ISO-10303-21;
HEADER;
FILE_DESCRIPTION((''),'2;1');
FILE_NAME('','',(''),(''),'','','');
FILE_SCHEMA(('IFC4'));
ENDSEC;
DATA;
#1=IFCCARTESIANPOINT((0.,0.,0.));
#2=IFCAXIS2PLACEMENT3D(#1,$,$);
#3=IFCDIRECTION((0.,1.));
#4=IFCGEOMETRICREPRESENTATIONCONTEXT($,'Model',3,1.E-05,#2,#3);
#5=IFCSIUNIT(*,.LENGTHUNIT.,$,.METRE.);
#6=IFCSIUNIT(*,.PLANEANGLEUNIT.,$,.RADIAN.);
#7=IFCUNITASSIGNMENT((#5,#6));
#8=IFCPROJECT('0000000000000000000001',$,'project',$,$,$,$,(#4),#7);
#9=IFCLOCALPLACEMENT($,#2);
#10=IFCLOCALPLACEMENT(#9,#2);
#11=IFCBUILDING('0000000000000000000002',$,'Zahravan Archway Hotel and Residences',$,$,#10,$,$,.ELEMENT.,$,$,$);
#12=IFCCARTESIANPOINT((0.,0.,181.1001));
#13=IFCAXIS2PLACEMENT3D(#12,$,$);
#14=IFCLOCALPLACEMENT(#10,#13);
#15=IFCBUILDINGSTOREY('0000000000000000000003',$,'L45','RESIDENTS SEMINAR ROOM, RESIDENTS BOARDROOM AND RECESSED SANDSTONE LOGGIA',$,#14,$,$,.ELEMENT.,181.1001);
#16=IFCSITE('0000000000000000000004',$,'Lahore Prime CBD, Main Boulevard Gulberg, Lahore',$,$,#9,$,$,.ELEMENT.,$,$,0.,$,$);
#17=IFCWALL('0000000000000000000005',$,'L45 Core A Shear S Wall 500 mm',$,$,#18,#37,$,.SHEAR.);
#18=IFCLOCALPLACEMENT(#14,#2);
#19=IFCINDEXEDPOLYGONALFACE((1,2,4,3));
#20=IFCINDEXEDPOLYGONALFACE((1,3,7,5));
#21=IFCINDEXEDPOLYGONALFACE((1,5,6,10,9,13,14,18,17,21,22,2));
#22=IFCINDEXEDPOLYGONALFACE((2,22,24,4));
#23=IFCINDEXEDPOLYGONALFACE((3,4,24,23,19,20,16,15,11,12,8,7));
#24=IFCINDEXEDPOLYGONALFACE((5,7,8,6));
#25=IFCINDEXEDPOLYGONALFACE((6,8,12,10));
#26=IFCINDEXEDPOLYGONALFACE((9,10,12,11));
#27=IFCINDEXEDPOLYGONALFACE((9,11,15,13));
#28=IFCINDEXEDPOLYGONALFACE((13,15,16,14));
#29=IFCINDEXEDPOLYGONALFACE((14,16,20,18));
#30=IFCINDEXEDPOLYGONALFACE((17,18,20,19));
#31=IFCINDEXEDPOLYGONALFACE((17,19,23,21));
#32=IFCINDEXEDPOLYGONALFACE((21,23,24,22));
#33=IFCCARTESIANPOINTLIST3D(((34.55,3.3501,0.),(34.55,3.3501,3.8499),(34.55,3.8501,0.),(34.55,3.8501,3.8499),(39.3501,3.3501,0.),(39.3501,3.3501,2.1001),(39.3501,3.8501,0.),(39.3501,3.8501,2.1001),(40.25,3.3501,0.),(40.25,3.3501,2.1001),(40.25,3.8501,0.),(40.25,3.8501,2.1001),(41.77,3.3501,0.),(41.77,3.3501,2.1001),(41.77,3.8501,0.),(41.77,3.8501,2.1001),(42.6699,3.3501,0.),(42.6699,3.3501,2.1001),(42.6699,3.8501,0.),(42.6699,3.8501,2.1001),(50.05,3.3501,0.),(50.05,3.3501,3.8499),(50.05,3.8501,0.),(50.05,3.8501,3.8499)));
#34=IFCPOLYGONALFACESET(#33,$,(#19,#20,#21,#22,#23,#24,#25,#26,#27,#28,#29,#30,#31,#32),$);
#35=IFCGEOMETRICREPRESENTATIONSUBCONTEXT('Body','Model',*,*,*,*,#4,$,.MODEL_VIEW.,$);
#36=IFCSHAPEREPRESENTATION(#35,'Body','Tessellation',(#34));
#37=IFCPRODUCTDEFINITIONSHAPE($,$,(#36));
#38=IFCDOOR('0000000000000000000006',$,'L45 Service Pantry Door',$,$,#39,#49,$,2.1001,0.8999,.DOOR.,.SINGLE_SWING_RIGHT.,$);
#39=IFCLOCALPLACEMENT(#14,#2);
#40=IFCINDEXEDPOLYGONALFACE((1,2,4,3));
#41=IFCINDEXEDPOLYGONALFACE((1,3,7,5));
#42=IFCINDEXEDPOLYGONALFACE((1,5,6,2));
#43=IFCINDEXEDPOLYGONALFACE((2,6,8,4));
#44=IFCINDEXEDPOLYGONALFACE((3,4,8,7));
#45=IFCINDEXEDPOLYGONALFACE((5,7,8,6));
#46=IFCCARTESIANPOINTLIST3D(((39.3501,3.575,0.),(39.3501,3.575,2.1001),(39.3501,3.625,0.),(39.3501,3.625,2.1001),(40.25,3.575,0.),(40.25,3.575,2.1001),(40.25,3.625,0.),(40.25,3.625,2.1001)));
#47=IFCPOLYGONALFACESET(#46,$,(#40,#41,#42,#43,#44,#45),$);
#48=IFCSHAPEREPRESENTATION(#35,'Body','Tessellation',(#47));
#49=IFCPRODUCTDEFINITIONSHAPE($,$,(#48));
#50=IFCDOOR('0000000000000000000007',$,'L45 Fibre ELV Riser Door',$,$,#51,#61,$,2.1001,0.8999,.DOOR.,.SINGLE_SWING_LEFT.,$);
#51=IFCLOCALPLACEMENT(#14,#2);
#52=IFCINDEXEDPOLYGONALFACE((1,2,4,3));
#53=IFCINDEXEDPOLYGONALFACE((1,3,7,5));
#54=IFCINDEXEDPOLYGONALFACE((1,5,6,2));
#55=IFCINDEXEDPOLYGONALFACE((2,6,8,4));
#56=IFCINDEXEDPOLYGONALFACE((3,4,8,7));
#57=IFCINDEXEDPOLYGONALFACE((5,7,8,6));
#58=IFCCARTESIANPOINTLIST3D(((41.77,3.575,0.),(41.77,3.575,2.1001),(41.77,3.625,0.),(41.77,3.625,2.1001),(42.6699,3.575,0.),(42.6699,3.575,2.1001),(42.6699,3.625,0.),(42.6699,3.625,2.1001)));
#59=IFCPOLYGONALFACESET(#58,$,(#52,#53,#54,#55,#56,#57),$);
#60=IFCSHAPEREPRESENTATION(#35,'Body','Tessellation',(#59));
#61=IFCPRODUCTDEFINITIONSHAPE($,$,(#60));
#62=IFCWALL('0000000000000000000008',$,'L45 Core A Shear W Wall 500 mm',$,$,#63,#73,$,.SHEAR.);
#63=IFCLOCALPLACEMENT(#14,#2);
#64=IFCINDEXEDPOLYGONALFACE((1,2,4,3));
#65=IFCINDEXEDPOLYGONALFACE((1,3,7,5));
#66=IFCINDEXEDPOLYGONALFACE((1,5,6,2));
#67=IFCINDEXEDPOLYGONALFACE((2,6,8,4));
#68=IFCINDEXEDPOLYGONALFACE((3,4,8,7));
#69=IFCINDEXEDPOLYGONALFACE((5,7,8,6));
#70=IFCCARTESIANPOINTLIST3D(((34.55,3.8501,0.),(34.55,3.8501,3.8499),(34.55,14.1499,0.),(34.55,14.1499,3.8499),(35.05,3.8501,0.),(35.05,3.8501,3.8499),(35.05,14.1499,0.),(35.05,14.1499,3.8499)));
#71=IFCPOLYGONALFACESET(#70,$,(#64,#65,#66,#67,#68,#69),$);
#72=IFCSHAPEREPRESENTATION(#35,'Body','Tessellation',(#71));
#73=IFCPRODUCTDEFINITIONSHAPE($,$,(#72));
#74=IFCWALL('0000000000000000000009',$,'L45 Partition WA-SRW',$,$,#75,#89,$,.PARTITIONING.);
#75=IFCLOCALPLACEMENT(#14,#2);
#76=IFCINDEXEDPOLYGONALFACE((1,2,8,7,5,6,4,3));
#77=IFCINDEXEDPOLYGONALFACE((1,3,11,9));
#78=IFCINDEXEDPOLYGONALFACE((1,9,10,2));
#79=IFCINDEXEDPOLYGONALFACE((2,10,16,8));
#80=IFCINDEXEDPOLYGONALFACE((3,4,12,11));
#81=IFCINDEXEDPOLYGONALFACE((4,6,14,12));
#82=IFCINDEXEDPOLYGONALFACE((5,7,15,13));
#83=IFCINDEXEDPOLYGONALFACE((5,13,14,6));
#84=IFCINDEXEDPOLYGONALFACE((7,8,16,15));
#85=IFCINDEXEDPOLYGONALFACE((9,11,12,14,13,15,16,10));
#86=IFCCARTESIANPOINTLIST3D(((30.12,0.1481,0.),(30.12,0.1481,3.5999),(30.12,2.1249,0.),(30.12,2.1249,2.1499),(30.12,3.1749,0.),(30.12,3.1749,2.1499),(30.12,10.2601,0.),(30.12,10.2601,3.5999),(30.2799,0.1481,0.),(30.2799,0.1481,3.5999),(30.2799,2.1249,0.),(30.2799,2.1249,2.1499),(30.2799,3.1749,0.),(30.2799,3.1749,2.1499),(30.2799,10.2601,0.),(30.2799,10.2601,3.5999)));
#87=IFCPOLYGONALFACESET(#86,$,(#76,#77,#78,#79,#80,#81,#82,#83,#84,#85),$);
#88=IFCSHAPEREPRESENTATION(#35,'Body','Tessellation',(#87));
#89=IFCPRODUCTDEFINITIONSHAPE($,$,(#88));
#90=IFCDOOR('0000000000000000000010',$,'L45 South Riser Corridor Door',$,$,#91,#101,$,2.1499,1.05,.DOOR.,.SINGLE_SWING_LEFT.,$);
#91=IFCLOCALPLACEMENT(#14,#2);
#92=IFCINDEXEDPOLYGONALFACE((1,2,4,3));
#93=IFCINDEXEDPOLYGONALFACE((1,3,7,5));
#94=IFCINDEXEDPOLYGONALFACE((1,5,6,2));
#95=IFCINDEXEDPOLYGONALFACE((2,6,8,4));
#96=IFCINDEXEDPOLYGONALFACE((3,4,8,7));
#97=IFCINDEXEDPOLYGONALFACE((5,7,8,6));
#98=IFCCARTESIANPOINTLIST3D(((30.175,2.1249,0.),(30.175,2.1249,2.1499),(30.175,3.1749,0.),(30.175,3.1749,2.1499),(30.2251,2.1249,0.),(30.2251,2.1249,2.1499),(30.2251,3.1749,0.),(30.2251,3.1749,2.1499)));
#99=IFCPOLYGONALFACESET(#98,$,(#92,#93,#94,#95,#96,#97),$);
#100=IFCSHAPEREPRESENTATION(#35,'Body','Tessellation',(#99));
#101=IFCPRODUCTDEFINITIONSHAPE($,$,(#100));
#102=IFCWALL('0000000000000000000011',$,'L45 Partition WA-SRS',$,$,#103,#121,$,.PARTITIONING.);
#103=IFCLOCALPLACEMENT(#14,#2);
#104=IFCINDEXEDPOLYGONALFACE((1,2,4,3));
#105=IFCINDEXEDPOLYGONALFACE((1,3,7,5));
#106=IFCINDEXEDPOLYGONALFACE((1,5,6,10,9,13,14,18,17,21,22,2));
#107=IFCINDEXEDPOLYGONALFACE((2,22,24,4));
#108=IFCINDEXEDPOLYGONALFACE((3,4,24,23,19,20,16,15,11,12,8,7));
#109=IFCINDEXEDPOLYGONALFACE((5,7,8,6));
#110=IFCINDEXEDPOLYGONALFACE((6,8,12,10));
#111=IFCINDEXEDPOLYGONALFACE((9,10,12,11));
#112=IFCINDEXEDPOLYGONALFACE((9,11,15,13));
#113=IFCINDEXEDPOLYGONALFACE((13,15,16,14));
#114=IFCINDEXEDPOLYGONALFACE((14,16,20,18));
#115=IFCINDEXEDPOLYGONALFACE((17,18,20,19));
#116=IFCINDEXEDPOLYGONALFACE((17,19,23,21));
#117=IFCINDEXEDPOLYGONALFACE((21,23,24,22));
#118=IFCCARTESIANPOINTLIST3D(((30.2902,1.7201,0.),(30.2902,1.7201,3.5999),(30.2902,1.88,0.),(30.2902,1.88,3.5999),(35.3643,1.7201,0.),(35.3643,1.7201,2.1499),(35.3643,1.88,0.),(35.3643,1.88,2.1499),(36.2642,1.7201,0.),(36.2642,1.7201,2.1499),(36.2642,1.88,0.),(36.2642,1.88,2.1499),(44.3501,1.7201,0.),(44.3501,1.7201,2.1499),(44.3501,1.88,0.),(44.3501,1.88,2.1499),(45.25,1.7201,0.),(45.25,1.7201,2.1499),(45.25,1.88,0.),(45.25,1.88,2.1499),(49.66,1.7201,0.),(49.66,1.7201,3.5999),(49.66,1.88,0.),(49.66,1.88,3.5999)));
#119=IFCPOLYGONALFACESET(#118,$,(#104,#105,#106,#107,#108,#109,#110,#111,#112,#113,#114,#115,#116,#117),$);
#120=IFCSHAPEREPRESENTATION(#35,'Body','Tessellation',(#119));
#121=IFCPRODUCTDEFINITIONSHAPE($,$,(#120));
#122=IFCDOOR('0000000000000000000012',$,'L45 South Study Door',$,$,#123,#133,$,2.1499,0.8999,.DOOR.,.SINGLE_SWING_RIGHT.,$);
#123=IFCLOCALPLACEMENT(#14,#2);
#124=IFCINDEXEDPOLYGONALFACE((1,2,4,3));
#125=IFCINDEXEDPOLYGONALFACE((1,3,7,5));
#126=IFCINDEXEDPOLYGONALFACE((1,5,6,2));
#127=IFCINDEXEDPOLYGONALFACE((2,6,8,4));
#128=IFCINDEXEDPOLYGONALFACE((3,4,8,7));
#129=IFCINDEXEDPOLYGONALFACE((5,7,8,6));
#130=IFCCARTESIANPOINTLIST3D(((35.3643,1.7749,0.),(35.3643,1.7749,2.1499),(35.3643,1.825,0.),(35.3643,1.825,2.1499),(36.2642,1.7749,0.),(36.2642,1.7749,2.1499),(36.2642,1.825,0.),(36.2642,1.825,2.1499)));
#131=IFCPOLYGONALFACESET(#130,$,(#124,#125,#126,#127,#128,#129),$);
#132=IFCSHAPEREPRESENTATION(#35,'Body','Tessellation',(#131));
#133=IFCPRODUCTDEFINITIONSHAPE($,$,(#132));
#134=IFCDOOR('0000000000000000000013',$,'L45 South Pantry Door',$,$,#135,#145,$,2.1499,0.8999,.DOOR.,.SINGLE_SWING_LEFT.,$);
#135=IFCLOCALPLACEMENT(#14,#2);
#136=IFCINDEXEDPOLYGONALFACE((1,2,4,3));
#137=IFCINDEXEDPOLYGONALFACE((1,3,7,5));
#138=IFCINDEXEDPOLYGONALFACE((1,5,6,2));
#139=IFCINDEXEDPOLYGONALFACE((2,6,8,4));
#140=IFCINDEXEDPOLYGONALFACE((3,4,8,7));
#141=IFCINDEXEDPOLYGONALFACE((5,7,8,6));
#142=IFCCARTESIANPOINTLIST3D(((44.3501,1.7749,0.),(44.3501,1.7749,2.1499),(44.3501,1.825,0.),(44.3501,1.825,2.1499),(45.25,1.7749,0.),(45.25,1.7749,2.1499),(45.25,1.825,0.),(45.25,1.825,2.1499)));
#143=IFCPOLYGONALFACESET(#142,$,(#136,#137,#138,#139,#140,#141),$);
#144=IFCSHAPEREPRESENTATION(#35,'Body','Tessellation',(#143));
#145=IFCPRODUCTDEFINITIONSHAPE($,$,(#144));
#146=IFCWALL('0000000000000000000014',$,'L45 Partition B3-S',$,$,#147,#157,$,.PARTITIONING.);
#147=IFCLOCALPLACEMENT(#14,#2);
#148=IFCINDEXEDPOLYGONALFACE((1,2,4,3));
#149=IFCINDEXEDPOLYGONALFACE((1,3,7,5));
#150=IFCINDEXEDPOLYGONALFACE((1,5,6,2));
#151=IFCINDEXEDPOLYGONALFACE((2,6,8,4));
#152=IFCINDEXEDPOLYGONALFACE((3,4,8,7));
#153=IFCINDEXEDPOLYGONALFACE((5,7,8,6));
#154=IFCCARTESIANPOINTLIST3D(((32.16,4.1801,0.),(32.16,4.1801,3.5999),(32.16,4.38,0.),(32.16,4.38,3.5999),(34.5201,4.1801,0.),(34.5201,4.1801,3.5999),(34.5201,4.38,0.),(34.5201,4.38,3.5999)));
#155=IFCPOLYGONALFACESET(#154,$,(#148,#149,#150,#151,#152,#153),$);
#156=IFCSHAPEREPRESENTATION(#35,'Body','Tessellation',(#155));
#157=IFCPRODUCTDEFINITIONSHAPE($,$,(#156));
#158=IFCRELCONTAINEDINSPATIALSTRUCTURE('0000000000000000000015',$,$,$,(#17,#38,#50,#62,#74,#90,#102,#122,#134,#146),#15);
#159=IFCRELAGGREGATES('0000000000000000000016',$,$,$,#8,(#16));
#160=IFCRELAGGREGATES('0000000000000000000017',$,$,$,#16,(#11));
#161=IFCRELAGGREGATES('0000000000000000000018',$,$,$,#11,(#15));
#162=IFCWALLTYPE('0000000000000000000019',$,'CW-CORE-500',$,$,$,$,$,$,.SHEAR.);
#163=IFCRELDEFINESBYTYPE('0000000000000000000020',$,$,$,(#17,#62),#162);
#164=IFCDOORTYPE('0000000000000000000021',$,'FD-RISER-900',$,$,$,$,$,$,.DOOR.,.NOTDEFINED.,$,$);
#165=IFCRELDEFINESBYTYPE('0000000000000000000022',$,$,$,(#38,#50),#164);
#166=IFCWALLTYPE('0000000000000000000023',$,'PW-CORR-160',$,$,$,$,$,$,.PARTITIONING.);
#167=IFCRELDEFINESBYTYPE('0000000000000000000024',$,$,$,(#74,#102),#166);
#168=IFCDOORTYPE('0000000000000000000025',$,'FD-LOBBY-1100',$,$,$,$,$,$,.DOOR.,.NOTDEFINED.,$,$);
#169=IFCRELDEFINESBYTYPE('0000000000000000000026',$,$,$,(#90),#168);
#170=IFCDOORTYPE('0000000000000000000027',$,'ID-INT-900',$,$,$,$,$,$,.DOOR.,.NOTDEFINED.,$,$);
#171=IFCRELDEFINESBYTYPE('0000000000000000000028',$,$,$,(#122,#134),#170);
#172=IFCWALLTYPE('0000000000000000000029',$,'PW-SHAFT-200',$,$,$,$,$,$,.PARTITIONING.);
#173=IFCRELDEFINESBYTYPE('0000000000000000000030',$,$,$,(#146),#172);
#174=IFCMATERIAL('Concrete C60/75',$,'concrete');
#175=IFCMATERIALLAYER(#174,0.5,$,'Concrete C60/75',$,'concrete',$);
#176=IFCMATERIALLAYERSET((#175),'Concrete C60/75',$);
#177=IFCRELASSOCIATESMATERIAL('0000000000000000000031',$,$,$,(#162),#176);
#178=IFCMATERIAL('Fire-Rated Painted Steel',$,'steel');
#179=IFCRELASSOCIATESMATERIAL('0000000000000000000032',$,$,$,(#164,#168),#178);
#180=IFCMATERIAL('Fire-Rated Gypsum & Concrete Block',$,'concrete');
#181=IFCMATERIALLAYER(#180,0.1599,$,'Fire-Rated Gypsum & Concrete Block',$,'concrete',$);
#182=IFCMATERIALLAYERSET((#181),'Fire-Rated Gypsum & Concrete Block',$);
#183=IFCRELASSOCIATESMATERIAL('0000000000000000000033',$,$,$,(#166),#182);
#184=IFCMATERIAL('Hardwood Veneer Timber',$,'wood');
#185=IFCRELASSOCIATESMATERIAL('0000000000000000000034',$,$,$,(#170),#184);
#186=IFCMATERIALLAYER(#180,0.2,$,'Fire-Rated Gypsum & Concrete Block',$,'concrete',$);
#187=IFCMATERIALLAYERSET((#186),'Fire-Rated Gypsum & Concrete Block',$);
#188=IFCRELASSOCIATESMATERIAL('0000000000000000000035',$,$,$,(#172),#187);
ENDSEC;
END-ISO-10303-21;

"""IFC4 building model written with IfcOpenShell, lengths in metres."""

from ifc_helpers import new_model, si_unit, direction, frame, frame_2d, origin, place, context, subcontext, project, spatial, rectangle, extrude, source, transform, mapped, material, layer, layer_set, type_object, type_shapes, element, fill, save


model = new_model("IFC4")

# Units and contexts
model_context = context("Model", 3, precision=1e-05, world=origin(), true_north=direction((0.0, 1.0)))
body_context = subcontext(model_context, "Body", "Model", "MODEL_VIEW")
ifc_project = project(units=[si_unit("LENGTHUNIT", "METRE"), si_unit("PLANEANGLEUNIT", "RADIAN")], contexts=[model_context])

# Site, building, storey
site_placement = place(None, origin())
site = spatial("IfcSite", under=ifc_project, at=site_placement, Name="Lahore Prime CBD, Main Boulevard Gulberg, Lahore", CompositionType="ELEMENT", RefElevation=0.0)
building_placement = place(site_placement, origin())
building = spatial("IfcBuilding", under=site, at=building_placement, Name="Zahravan Archway Hotel and Residences", CompositionType="ELEMENT")
storey_placement = place(building_placement, frame((0.0, 0.0, 181.1001)))
storey = spatial("IfcBuildingStorey", under=building, at=storey_placement, Name="L45", Description="RESIDENTS SEMINAR ROOM, RESIDENTS BOARDROOM AND RECESSED SANDSTONE LOGGIA", CompositionType="ELEMENT", Elevation=181.1001)

# Shared definitions
ifc_material_1 = material(Name="Concrete C60/75", Category="concrete")

# Wall, openings, doors
ifc_layer_1 = layer(ifc_material_1, 0.5, Name="Concrete C60/75", Category="concrete")
ifc_layer_set_1 = layer_set([ifc_layer_1], Name="Concrete C60/75")
wall_type_1 = type_object("IfcWallType", Name="CW-CORE-500", PredefinedType="SHEAR", material=ifc_layer_set_1)
wall_1_placement = place(storey_placement, frame((34.55, 3.6001, 0.0), z_axis=(0.0, 0.0, 1.0), x_axis=(1.0, 0.0, 0.0)))
wall_1 = element("IfcWall", 1, at=wall_1_placement, inside=storey, type_object=wall_type_1, Name="L45 Core A Shear S Wall 500 mm", PredefinedType="SHEAR", context=body_context, shape_type="SweptSolid", body=[
    extrude(rectangle(XDim=15.5, YDim=0.5, at=frame_2d((7.75, 0.0))), origin(), (0.0, 0.0, 1.0), 3.8499),
])
opening_1_placement = place(wall_1_placement, frame((4.8, 0.0, 0.0)))
opening_1 = element("IfcOpeningElement", 2, at=opening_1_placement, cuts=wall_1, PredefinedType="OPENING", context=body_context, shape_type="SweptSolid", body=[
    extrude(rectangle(XDim=0.8999, YDim=2.1001, at=frame_2d((0.45, 1.05))), frame((0.0, 0.26, 0.0), z_axis=(0.0, -1.0, 0.0), x_axis=(1.0, 0.0, 0.0)), (0.0, 0.0, 1.0), 0.52),
])
opening_2_placement = place(wall_1_placement, frame((7.22, 0.0, 0.0)))
opening_2 = element("IfcOpeningElement", 3, at=opening_2_placement, cuts=wall_1, PredefinedType="OPENING", context=body_context, shape_type="SweptSolid", body=[
    extrude(rectangle(XDim=0.8999, YDim=2.1001, at=frame_2d((0.45, 1.05))), frame((0.0, 0.26, 0.0), z_axis=(0.0, -1.0, 0.0), x_axis=(1.0, 0.0, 0.0)), (0.0, 0.0, 1.0), 0.52),
])
ifc_material_2 = material(Name="Fire-Rated Painted Steel", Category="steel")
door_type_1 = type_object("IfcDoorType", Name="FD-RISER-900", OperationType="NOTDEFINED", PredefinedType="DOOR", material=ifc_material_2)
shared_shape_1 = source(origin(), body_context, "Body", "SweptSolid", [
    extrude(rectangle(XDim=0.8999, YDim=2.1001, at=frame_2d((0.45, 1.05))), frame((0.0, 0.0249, 0.0), z_axis=(0.0, -1.0, 0.0), x_axis=(1.0, 0.0, 0.0)), (0.0, 0.0, 1.0), 0.05),
])
type_shapes(door_type_1, [shared_shape_1])
door_1_placement = place(opening_1_placement, origin())
door_1 = element("IfcDoor", 4, at=door_1_placement, inside=storey, type_object=door_type_1, Name="L45 Service Pantry Door", OperationType="SINGLE_SWING_RIGHT", OverallHeight=2.1001, OverallWidth=0.8999, PredefinedType="DOOR", context=body_context, shape_type="MappedRepresentation", body=[
    mapped(shared_shape_1, transform((0.0, 0.0, 0.0), scale=1.0)),
])
fill(opening_1, door_1)
door_2_placement = place(opening_2_placement, origin())
door_2 = element("IfcDoor", 5, at=door_2_placement, inside=storey, type_object=door_type_1, Name="L45 Fibre ELV Riser Door", OperationType="SINGLE_SWING_LEFT", OverallHeight=2.1001, OverallWidth=0.8999, PredefinedType="DOOR", context=body_context, shape_type="MappedRepresentation", body=[
    mapped(shared_shape_1, transform((0.0, 0.0, 0.0), scale=1.0)),
])
fill(opening_2, door_2)

# Wall
wall_2_placement = place(storey_placement, frame((34.8, 3.8501, 0.0), z_axis=(0.0, 0.0, 1.0), x_axis=(0.0, 1.0, 0.0)))
element("IfcWall", 6, at=wall_2_placement, inside=storey, type_object=wall_type_1, Name="L45 Core A Shear W Wall 500 mm", PredefinedType="SHEAR", context=body_context, shape_type="SweptSolid", body=[
    extrude(rectangle(XDim=10.2998, YDim=0.5, at=frame_2d((5.1499, 0.0))), origin(), (0.0, 0.0, 1.0), 3.8499),
])

# Wall, opening, door
ifc_material_3 = material(Name="Fire-Rated Gypsum & Concrete Block", Category="concrete")
ifc_layer_2 = layer(ifc_material_3, 0.1599, Name="Fire-Rated Gypsum & Concrete Block", Category="concrete")
ifc_layer_set_2 = layer_set([ifc_layer_2], Name="Fire-Rated Gypsum & Concrete Block")
wall_type_2 = type_object("IfcWallType", Name="PW-CORR-160", PredefinedType="PARTITIONING", material=ifc_layer_set_2)
wall_3_placement = place(storey_placement, frame((30.2, 0.1479, 0.0), z_axis=(0.0, 0.0, 1.0), x_axis=(0.0, 1.0, 0.0)))
wall_3 = element("IfcWall", 7, at=wall_3_placement, inside=storey, type_object=wall_type_2, Name="L45 Partition WA-SRW", PredefinedType="PARTITIONING", context=body_context, shape_type="SweptSolid", body=[
    extrude(rectangle(XDim=10.1121, YDim=0.1599, at=frame_2d((5.0562, 0.0))), origin(), (0.0, 0.0, 1.0), 3.5999),
])
opening_3_placement = place(wall_3_placement, frame((1.9771, 0.0, 0.0)))
opening_3 = element("IfcOpeningElement", 8, at=opening_3_placement, cuts=wall_3, PredefinedType="OPENING", context=body_context, shape_type="SweptSolid", body=[
    extrude(rectangle(XDim=1.05, YDim=2.1499, at=frame_2d((0.5249, 1.075))), frame((0.0, 0.0898, 0.0), z_axis=(0.0, -1.0, 0.0), x_axis=(1.0, 0.0, 0.0)), (0.0, 0.0, 1.0), 0.1799),
])
door_type_2 = type_object("IfcDoorType", Name="FD-LOBBY-1100", OperationType="NOTDEFINED", PredefinedType="DOOR", material=ifc_material_2)
shared_shape_2 = source(origin(), body_context, "Body", "SweptSolid", [
    extrude(rectangle(XDim=1.05, YDim=2.1499, at=frame_2d((0.5249, 1.075))), frame((0.0, 0.0249, 0.0), z_axis=(0.0, -1.0, 0.0), x_axis=(1.0, 0.0, 0.0)), (0.0, 0.0, 1.0), 0.05),
])
type_shapes(door_type_2, [shared_shape_2])
door_3_placement = place(opening_3_placement, origin())
door_3 = element("IfcDoor", 9, at=door_3_placement, inside=storey, type_object=door_type_2, Name="L45 South Riser Corridor Door", OperationType="SINGLE_SWING_LEFT", OverallHeight=2.1499, OverallWidth=1.05, PredefinedType="DOOR", context=body_context, shape_type="MappedRepresentation", body=[
    mapped(shared_shape_2, transform((0.0, 0.0, 0.0), scale=1.0)),
])
fill(opening_3, door_3)

# Wall, openings, doors
wall_4_placement = place(storey_placement, frame((30.29, 1.8, 0.0), z_axis=(0.0, 0.0, 1.0), x_axis=(1.0, 0.0, 0.0)))
wall_4 = element("IfcWall", 10, at=wall_4_placement, inside=storey, type_object=wall_type_2, Name="L45 Partition WA-SRS", PredefinedType="PARTITIONING", context=body_context, shape_type="SweptSolid", body=[
    extrude(rectangle(XDim=19.3699, YDim=0.1599, at=frame_2d((9.6851, 0.0))), origin(), (0.0, 0.0, 1.0), 3.5999),
])
opening_4_placement = place(wall_4_placement, frame((5.0742, 0.0, 0.0)))
opening_4 = element("IfcOpeningElement", 11, at=opening_4_placement, cuts=wall_4, PredefinedType="OPENING", context=body_context, shape_type="SweptSolid", body=[
    extrude(rectangle(XDim=0.8999, YDim=2.1499, at=frame_2d((0.45, 1.075))), frame((0.0, 0.0898, 0.0), z_axis=(0.0, -1.0, 0.0), x_axis=(1.0, 0.0, 0.0)), (0.0, 0.0, 1.0), 0.1799),
])
opening_5_placement = place(wall_4_placement, frame((14.0601, 0.0, 0.0)))
opening_5 = element("IfcOpeningElement", 12, at=opening_5_placement, cuts=wall_4, PredefinedType="OPENING", context=body_context, shape_type="SweptSolid", body=[
    extrude(rectangle(XDim=0.8999, YDim=2.1499, at=frame_2d((0.45, 1.075))), frame((0.0, 0.0898, 0.0), z_axis=(0.0, -1.0, 0.0), x_axis=(1.0, 0.0, 0.0)), (0.0, 0.0, 1.0), 0.1799),
])
ifc_material_4 = material(Name="Hardwood Veneer Timber", Category="wood")
door_type_3 = type_object("IfcDoorType", Name="ID-INT-900", OperationType="NOTDEFINED", PredefinedType="DOOR", material=ifc_material_4)
shared_shape_3 = source(origin(), body_context, "Body", "SweptSolid", [
    extrude(rectangle(XDim=0.8999, YDim=2.1499, at=frame_2d((0.45, 1.075))), frame((0.0, 0.0249, 0.0), z_axis=(0.0, -1.0, 0.0), x_axis=(1.0, 0.0, 0.0)), (0.0, 0.0, 1.0), 0.05),
])
type_shapes(door_type_3, [shared_shape_3])
door_4_placement = place(opening_4_placement, origin())
door_4 = element("IfcDoor", 13, at=door_4_placement, inside=storey, type_object=door_type_3, Name="L45 South Study Door", OperationType="SINGLE_SWING_RIGHT", OverallHeight=2.1499, OverallWidth=0.8999, PredefinedType="DOOR", context=body_context, shape_type="MappedRepresentation", body=[
    mapped(shared_shape_3, transform((0.0, 0.0, 0.0), scale=1.0)),
])
fill(opening_4, door_4)
door_5_placement = place(opening_5_placement, origin())
door_5 = element("IfcDoor", 14, at=door_5_placement, inside=storey, type_object=door_type_3, Name="L45 South Pantry Door", OperationType="SINGLE_SWING_LEFT", OverallHeight=2.1499, OverallWidth=0.8999, PredefinedType="DOOR", context=body_context, shape_type="MappedRepresentation", body=[
    mapped(shared_shape_3, transform((0.0, 0.0, 0.0), scale=1.0)),
])
fill(opening_5, door_5)

# Wall
ifc_layer_3 = layer(ifc_material_3, 0.2, Name="Fire-Rated Gypsum & Concrete Block", Category="concrete")
ifc_layer_set_3 = layer_set([ifc_layer_3], Name="Fire-Rated Gypsum & Concrete Block")
wall_type_3 = type_object("IfcWallType", Name="PW-SHAFT-200", PredefinedType="PARTITIONING", material=ifc_layer_set_3)
wall_5_placement = place(storey_placement, frame((32.1599, 4.28, 0.0), z_axis=(0.0, 0.0, 1.0), x_axis=(1.0, 0.0, 0.0)))
element("IfcWall", 15, at=wall_5_placement, inside=storey, type_object=wall_type_3, Name="L45 Partition B3-S", PredefinedType="PARTITIONING", context=body_context, shape_type="SweptSolid", body=[
    extrude(rectangle(XDim=2.3601, YDim=0.2, at=frame_2d((1.1802, 0.0))), origin(), (0.0, 0.0, 1.0), 3.5999),
])

save(model, "model.ifc")
